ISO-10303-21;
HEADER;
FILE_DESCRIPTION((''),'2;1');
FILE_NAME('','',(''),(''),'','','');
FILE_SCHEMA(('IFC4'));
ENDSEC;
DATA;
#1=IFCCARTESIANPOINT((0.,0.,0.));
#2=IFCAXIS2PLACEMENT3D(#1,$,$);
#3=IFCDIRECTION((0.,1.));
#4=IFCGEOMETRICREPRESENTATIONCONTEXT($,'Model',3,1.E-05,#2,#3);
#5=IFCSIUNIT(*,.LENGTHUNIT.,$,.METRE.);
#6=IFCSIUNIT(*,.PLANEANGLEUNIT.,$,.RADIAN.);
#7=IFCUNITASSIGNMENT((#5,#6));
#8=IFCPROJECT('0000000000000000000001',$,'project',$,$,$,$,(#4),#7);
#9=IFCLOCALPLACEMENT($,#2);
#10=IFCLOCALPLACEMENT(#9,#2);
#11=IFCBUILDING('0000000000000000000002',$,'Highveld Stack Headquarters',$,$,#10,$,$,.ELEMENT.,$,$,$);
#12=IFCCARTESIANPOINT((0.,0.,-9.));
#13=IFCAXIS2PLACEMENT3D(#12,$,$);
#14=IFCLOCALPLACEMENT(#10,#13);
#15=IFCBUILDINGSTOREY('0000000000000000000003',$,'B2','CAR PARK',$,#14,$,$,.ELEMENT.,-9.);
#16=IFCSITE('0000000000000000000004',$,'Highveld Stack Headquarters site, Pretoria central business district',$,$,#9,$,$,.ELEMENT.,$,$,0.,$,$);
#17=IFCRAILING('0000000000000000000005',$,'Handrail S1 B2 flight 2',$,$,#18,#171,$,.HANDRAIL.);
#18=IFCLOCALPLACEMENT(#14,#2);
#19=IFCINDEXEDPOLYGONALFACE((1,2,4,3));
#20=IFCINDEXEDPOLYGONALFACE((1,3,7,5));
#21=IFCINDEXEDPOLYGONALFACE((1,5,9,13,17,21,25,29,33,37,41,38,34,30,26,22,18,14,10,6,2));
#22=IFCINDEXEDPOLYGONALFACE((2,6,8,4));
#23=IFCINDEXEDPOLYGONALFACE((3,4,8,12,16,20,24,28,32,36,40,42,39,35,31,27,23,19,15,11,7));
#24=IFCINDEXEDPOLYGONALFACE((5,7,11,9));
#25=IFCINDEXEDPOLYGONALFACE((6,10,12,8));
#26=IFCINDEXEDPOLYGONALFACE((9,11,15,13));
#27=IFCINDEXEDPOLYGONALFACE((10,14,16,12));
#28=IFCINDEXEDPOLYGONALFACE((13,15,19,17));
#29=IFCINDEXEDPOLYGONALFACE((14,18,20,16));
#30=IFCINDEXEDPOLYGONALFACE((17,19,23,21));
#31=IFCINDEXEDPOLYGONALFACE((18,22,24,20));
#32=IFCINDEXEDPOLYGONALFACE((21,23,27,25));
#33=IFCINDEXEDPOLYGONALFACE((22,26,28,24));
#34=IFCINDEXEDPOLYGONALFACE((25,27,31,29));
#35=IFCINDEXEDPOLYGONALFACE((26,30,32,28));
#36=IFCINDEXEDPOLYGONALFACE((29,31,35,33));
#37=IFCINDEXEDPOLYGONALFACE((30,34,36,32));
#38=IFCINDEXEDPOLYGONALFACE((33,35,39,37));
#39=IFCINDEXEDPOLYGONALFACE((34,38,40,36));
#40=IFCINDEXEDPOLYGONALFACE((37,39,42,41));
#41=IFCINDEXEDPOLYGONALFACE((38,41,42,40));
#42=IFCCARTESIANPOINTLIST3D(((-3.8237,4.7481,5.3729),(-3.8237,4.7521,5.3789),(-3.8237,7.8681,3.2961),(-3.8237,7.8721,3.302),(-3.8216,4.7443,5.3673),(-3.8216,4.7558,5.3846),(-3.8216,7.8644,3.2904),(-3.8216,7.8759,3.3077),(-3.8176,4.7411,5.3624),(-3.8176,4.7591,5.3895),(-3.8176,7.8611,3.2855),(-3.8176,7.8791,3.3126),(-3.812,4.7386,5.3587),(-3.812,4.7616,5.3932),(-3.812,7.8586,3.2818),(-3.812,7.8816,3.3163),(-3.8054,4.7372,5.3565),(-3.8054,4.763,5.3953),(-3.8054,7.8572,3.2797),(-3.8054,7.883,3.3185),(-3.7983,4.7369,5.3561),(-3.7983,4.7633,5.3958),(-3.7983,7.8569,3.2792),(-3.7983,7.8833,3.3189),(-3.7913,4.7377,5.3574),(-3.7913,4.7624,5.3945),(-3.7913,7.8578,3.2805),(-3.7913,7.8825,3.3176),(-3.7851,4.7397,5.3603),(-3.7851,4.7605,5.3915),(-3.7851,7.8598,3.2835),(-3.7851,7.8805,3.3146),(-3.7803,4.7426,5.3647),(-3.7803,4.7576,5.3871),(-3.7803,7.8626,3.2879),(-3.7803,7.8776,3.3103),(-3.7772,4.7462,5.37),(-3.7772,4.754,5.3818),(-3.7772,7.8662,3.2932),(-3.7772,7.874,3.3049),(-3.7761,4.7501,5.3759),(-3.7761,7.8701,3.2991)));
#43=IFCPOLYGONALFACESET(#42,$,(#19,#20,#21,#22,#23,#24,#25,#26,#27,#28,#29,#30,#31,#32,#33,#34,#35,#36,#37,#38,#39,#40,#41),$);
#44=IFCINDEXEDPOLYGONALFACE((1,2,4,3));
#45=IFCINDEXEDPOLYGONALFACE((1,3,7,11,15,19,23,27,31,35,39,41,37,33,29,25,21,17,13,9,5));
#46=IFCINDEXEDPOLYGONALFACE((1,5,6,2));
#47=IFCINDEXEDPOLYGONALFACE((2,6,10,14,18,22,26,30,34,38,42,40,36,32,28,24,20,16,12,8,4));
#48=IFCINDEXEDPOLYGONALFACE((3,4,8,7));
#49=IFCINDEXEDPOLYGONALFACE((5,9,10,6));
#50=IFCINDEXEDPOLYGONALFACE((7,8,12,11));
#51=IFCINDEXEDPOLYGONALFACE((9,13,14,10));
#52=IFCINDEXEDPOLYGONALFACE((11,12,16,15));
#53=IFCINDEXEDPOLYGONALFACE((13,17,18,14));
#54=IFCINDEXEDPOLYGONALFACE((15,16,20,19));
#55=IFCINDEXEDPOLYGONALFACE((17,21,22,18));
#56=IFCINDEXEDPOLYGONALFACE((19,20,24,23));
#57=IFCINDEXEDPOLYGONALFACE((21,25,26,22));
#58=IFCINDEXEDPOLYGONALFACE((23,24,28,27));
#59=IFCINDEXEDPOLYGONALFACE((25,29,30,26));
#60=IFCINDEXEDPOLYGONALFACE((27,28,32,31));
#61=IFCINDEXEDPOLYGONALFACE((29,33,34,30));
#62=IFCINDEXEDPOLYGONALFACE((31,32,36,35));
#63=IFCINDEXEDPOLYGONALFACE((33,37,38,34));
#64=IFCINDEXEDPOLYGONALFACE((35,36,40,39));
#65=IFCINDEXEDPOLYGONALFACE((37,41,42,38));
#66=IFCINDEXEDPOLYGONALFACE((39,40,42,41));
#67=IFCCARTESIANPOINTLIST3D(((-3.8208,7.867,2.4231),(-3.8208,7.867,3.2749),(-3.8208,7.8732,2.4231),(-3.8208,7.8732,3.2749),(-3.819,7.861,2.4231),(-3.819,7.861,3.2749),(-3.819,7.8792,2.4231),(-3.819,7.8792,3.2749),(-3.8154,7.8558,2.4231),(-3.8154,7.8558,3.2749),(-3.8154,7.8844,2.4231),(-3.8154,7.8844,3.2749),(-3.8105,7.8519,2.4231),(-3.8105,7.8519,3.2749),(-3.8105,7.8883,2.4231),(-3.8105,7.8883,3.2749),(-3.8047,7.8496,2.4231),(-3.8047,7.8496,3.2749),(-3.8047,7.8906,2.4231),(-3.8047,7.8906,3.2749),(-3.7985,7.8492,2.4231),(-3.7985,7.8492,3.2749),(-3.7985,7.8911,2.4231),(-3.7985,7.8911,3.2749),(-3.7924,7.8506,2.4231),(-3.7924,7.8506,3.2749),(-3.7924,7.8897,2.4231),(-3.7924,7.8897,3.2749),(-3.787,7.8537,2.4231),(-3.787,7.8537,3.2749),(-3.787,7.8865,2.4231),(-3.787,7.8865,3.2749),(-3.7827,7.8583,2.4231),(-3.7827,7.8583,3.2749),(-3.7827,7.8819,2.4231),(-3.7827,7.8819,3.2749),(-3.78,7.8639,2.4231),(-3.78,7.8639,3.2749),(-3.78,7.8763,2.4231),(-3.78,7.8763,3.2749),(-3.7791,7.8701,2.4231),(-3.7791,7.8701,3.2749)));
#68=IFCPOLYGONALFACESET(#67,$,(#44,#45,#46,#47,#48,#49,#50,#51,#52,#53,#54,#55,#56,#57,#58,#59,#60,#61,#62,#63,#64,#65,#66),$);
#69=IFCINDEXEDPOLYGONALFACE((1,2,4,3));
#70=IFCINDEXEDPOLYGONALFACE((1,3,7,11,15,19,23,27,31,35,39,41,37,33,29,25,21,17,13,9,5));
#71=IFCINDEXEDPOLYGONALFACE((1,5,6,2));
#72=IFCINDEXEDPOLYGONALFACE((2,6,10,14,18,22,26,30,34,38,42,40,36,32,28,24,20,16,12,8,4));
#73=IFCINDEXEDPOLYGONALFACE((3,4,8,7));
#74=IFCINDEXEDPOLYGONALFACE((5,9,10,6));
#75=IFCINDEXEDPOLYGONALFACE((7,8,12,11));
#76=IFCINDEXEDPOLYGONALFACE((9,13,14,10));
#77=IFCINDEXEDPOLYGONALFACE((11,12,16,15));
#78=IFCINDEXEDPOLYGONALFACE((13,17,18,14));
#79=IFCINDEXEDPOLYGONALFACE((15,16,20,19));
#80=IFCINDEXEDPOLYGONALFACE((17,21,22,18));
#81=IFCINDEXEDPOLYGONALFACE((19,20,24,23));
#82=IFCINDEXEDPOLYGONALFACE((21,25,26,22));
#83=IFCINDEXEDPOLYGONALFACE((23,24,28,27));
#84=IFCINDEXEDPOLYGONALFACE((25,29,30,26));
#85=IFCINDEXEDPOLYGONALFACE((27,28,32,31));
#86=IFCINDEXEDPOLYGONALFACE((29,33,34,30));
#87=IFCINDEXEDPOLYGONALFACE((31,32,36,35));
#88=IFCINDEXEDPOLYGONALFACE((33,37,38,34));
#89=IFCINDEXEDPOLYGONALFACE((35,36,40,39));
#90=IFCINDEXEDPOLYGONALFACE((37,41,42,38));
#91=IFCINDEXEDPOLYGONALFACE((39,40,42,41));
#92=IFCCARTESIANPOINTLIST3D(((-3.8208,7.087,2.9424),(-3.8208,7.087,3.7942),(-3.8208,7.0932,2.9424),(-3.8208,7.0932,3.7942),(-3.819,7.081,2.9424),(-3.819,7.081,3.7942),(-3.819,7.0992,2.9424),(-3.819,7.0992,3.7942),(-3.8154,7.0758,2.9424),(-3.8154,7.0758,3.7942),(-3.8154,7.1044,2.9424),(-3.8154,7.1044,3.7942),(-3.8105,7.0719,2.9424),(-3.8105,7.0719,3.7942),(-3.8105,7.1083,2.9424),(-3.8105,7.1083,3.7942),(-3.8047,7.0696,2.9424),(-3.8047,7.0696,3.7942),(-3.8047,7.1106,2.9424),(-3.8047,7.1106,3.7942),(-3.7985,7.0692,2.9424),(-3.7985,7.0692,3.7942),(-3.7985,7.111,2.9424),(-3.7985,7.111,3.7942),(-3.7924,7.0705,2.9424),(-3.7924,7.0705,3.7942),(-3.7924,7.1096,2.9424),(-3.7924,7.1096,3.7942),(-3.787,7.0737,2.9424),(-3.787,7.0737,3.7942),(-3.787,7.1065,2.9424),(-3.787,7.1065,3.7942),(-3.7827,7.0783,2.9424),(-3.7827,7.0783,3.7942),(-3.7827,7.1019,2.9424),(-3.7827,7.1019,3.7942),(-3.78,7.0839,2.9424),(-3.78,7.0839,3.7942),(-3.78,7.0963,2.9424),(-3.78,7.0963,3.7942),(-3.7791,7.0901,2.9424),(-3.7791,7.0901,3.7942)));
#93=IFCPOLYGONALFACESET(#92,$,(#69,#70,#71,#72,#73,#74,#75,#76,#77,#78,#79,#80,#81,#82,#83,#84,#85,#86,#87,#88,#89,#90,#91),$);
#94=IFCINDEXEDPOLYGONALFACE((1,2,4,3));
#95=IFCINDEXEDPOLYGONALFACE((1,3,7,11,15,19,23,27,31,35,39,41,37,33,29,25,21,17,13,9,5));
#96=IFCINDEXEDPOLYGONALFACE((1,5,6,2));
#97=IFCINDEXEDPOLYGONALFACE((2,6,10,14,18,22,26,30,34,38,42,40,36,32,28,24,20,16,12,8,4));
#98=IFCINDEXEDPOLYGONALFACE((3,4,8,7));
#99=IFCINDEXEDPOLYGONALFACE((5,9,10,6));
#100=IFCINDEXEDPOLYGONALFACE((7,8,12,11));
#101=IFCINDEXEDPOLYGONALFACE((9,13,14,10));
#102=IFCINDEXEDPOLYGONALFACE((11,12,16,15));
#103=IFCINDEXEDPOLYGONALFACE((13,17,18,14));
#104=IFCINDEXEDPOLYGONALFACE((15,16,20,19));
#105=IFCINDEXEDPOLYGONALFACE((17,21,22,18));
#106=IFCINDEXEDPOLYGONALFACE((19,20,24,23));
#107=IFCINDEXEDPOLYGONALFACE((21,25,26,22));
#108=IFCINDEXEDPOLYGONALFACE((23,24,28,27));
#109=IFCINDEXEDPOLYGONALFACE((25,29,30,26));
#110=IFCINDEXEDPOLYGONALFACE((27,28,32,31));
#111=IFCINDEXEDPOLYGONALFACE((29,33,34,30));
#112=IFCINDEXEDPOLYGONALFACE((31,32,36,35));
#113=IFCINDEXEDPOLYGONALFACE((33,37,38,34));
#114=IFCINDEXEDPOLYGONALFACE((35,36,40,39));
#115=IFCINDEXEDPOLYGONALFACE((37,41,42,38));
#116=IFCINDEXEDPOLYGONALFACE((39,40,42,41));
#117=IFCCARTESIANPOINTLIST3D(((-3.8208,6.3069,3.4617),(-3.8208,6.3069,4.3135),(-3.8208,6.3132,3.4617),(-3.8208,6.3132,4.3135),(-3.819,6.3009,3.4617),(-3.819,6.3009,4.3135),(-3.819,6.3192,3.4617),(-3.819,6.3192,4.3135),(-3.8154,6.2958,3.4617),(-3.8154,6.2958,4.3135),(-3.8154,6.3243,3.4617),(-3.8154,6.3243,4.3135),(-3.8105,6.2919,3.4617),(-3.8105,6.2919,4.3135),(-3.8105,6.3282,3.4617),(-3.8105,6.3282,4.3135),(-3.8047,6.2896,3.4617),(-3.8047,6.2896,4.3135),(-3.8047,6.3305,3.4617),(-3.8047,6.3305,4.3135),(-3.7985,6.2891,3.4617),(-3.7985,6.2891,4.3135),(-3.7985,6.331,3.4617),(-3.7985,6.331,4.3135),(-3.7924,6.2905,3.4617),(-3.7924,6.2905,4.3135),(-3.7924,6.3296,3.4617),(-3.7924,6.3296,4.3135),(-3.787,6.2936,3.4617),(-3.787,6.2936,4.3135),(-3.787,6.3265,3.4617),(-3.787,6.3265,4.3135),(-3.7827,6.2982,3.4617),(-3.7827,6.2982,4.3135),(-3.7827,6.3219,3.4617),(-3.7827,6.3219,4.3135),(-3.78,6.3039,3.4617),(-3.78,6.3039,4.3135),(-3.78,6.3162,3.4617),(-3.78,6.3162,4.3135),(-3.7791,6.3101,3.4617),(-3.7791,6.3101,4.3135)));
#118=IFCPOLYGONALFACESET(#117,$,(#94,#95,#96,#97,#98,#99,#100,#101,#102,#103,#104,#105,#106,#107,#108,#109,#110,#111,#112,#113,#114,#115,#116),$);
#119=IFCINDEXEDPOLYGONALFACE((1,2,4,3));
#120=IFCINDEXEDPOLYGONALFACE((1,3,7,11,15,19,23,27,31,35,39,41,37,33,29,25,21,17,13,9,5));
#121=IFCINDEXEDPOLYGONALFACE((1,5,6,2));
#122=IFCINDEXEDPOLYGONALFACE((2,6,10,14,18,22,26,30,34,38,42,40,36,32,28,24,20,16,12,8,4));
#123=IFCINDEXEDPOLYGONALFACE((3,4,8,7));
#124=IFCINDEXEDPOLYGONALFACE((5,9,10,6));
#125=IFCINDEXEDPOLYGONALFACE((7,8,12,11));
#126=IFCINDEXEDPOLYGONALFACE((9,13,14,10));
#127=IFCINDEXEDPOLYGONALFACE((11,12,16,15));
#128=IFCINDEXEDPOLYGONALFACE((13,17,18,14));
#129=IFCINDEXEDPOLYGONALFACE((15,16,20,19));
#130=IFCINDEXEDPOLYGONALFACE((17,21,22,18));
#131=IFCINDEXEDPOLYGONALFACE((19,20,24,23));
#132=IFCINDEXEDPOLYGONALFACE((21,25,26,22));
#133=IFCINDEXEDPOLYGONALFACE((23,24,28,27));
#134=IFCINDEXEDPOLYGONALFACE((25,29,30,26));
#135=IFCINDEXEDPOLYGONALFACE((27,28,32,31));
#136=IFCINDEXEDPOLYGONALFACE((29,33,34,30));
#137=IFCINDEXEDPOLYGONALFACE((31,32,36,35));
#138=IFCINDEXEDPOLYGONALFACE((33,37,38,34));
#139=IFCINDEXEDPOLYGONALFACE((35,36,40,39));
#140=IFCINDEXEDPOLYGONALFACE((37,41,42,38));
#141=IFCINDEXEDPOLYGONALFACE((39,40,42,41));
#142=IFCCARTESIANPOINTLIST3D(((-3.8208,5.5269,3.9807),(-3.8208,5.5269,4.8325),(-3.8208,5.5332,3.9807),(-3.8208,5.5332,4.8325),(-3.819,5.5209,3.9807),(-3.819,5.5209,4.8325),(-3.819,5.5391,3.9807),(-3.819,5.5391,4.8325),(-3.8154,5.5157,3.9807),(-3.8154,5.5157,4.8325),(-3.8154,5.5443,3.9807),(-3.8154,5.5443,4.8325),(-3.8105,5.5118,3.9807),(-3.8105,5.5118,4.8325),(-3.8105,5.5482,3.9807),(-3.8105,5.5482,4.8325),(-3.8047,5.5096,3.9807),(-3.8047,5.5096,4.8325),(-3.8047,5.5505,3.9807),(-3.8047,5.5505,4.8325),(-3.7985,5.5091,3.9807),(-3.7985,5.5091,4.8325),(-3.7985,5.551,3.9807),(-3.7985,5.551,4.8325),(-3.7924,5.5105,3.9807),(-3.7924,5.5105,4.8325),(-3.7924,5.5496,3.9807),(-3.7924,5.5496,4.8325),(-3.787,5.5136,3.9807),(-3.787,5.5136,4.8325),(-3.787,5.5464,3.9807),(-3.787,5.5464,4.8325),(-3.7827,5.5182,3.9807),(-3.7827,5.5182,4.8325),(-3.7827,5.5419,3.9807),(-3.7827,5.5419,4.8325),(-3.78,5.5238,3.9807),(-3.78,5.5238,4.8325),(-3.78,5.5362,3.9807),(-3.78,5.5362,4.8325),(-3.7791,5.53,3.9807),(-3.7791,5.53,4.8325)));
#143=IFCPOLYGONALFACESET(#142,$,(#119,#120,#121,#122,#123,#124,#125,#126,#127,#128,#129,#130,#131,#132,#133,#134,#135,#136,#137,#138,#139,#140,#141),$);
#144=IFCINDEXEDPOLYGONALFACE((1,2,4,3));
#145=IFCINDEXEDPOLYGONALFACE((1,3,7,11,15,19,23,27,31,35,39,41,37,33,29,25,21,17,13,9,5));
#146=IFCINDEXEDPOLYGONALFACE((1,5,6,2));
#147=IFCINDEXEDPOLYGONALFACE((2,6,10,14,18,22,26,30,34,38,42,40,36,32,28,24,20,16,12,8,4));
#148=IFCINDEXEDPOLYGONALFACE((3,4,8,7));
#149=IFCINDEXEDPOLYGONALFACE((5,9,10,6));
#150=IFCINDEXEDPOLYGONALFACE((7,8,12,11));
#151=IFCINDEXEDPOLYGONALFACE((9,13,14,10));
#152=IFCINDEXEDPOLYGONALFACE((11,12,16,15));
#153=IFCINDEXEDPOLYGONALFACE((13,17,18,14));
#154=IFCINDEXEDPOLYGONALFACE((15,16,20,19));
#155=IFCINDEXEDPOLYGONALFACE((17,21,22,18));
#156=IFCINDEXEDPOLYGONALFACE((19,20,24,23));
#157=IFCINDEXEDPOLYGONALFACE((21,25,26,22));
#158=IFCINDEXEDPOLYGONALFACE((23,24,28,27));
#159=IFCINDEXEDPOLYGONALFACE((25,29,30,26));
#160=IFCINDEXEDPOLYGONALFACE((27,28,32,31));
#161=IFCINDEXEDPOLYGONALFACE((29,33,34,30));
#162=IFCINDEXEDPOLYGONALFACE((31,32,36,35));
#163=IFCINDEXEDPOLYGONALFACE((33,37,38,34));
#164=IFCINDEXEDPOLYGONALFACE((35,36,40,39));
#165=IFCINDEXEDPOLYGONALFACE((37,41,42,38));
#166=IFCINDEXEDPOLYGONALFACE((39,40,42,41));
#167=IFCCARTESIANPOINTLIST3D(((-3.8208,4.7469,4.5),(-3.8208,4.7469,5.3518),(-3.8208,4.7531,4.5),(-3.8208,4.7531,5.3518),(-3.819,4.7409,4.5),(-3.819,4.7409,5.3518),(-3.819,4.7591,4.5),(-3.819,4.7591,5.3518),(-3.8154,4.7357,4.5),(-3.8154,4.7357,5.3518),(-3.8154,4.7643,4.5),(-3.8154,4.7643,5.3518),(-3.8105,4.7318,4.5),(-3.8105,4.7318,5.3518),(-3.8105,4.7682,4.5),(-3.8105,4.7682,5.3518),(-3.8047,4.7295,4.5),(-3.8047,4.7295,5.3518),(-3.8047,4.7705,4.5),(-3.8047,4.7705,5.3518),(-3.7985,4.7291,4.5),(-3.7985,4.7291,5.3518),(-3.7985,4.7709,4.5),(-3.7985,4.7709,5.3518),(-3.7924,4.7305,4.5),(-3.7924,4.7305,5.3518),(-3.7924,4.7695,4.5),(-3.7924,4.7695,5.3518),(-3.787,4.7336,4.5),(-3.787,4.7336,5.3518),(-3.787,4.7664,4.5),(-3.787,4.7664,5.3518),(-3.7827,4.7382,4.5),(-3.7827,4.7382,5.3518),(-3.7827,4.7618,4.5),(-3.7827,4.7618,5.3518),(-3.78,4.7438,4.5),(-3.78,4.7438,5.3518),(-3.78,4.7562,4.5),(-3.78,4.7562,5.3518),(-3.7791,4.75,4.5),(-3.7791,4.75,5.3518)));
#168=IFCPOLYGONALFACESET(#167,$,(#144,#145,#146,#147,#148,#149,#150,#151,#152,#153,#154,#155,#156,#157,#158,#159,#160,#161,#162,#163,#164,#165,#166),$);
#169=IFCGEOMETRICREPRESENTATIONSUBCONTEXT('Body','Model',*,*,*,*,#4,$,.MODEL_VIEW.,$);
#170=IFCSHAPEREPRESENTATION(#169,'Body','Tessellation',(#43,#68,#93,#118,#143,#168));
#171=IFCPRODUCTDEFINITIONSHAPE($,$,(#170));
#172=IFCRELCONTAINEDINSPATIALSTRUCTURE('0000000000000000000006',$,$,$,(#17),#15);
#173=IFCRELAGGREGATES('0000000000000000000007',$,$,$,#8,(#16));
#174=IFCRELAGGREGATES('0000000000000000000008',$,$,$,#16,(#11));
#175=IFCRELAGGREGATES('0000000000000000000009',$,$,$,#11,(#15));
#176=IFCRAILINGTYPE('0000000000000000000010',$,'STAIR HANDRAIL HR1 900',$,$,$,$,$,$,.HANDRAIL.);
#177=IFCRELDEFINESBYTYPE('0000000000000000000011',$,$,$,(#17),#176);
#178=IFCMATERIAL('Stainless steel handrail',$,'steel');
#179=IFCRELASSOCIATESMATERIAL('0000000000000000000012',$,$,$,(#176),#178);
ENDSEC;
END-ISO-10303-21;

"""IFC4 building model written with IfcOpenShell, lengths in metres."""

from ifc_helpers import new_model, si_unit, direction, frame, origin, origin_2d, place, context, subcontext, project, spatial, circle, extrude, material, type_object, element, save


model = new_model("IFC4")

# Units and contexts
model_context = context("Model", 3, precision=1e-05, world=origin(), true_north=direction((0.0, 1.0)))
body_context = subcontext(model_context, "Body", "Model", "MODEL_VIEW")
ifc_project = project(units=[si_unit("LENGTHUNIT", "METRE"), si_unit("PLANEANGLEUNIT", "RADIAN")], contexts=[model_context])

# Site, building, storey
site_placement = place(None, origin())
site = spatial("IfcSite", under=ifc_project, at=site_placement, Name="Highveld Stack Headquarters site, Pretoria central business district", CompositionType="ELEMENT", RefElevation=0.0)
building_placement = place(site_placement, origin())
building = spatial("IfcBuilding", under=site, at=building_placement, Name="Highveld Stack Headquarters", CompositionType="ELEMENT")
storey_placement = place(building_placement, frame((0.0, 0.0, -9.0)))
storey = spatial("IfcBuildingStorey", under=building, at=storey_placement, Name="B2", Description="CAR PARK", CompositionType="ELEMENT", Elevation=-9.0)

# Railing
ifc_material_1 = material(Name="Stainless steel handrail", Category="steel")
railing_type = type_object("IfcRailingType", Name="STAIR HANDRAIL HR1 900", PredefinedType="HANDRAIL", material=ifc_material_1)
for number, where, name in (
    (1, (-3.8, 7.8701, 2.4231), "Handrail S1 B2 flight 2"),
):
    element("IfcRailing", number, at=place(storey_placement, frame(where)), inside=storey, type_object=railing_type, Name=name, PredefinedType="HANDRAIL", context=body_context, shape_type="SweptSolid", body=[
        extrude(circle(Radius=0.0239, at=origin_2d()), frame((0.0, 0.0, 0.876), z_axis=(0.0, -0.832441, 0.554114), x_axis=(1.0, 0.0, 0.0)), (0.0, 0.0, 1.0), 3.748),
        extrude(circle(Radius=0.021, at=origin_2d()), origin(), (0.0, 0.0, 1.0), 0.8518),
        extrude(circle(Radius=0.021, at=origin_2d()), frame((0.0, -0.78, 0.5193)), (0.0, 0.0, 1.0), 0.8518),
        extrude(circle(Radius=0.021, at=origin_2d()), frame((0.0, -1.5601, 1.0386)), (0.0, 0.0, 1.0), 0.8518),
        extrude(circle(Radius=0.021, at=origin_2d()), frame((0.0, -2.3401, 1.5576)), (0.0, 0.0, 1.0), 0.8518),
        extrude(circle(Radius=0.021, at=origin_2d()), frame((0.0, -3.1201, 2.0769)), (0.0, 0.0, 1.0), 0.8518),
    ])

save(model, "model.ifc")
